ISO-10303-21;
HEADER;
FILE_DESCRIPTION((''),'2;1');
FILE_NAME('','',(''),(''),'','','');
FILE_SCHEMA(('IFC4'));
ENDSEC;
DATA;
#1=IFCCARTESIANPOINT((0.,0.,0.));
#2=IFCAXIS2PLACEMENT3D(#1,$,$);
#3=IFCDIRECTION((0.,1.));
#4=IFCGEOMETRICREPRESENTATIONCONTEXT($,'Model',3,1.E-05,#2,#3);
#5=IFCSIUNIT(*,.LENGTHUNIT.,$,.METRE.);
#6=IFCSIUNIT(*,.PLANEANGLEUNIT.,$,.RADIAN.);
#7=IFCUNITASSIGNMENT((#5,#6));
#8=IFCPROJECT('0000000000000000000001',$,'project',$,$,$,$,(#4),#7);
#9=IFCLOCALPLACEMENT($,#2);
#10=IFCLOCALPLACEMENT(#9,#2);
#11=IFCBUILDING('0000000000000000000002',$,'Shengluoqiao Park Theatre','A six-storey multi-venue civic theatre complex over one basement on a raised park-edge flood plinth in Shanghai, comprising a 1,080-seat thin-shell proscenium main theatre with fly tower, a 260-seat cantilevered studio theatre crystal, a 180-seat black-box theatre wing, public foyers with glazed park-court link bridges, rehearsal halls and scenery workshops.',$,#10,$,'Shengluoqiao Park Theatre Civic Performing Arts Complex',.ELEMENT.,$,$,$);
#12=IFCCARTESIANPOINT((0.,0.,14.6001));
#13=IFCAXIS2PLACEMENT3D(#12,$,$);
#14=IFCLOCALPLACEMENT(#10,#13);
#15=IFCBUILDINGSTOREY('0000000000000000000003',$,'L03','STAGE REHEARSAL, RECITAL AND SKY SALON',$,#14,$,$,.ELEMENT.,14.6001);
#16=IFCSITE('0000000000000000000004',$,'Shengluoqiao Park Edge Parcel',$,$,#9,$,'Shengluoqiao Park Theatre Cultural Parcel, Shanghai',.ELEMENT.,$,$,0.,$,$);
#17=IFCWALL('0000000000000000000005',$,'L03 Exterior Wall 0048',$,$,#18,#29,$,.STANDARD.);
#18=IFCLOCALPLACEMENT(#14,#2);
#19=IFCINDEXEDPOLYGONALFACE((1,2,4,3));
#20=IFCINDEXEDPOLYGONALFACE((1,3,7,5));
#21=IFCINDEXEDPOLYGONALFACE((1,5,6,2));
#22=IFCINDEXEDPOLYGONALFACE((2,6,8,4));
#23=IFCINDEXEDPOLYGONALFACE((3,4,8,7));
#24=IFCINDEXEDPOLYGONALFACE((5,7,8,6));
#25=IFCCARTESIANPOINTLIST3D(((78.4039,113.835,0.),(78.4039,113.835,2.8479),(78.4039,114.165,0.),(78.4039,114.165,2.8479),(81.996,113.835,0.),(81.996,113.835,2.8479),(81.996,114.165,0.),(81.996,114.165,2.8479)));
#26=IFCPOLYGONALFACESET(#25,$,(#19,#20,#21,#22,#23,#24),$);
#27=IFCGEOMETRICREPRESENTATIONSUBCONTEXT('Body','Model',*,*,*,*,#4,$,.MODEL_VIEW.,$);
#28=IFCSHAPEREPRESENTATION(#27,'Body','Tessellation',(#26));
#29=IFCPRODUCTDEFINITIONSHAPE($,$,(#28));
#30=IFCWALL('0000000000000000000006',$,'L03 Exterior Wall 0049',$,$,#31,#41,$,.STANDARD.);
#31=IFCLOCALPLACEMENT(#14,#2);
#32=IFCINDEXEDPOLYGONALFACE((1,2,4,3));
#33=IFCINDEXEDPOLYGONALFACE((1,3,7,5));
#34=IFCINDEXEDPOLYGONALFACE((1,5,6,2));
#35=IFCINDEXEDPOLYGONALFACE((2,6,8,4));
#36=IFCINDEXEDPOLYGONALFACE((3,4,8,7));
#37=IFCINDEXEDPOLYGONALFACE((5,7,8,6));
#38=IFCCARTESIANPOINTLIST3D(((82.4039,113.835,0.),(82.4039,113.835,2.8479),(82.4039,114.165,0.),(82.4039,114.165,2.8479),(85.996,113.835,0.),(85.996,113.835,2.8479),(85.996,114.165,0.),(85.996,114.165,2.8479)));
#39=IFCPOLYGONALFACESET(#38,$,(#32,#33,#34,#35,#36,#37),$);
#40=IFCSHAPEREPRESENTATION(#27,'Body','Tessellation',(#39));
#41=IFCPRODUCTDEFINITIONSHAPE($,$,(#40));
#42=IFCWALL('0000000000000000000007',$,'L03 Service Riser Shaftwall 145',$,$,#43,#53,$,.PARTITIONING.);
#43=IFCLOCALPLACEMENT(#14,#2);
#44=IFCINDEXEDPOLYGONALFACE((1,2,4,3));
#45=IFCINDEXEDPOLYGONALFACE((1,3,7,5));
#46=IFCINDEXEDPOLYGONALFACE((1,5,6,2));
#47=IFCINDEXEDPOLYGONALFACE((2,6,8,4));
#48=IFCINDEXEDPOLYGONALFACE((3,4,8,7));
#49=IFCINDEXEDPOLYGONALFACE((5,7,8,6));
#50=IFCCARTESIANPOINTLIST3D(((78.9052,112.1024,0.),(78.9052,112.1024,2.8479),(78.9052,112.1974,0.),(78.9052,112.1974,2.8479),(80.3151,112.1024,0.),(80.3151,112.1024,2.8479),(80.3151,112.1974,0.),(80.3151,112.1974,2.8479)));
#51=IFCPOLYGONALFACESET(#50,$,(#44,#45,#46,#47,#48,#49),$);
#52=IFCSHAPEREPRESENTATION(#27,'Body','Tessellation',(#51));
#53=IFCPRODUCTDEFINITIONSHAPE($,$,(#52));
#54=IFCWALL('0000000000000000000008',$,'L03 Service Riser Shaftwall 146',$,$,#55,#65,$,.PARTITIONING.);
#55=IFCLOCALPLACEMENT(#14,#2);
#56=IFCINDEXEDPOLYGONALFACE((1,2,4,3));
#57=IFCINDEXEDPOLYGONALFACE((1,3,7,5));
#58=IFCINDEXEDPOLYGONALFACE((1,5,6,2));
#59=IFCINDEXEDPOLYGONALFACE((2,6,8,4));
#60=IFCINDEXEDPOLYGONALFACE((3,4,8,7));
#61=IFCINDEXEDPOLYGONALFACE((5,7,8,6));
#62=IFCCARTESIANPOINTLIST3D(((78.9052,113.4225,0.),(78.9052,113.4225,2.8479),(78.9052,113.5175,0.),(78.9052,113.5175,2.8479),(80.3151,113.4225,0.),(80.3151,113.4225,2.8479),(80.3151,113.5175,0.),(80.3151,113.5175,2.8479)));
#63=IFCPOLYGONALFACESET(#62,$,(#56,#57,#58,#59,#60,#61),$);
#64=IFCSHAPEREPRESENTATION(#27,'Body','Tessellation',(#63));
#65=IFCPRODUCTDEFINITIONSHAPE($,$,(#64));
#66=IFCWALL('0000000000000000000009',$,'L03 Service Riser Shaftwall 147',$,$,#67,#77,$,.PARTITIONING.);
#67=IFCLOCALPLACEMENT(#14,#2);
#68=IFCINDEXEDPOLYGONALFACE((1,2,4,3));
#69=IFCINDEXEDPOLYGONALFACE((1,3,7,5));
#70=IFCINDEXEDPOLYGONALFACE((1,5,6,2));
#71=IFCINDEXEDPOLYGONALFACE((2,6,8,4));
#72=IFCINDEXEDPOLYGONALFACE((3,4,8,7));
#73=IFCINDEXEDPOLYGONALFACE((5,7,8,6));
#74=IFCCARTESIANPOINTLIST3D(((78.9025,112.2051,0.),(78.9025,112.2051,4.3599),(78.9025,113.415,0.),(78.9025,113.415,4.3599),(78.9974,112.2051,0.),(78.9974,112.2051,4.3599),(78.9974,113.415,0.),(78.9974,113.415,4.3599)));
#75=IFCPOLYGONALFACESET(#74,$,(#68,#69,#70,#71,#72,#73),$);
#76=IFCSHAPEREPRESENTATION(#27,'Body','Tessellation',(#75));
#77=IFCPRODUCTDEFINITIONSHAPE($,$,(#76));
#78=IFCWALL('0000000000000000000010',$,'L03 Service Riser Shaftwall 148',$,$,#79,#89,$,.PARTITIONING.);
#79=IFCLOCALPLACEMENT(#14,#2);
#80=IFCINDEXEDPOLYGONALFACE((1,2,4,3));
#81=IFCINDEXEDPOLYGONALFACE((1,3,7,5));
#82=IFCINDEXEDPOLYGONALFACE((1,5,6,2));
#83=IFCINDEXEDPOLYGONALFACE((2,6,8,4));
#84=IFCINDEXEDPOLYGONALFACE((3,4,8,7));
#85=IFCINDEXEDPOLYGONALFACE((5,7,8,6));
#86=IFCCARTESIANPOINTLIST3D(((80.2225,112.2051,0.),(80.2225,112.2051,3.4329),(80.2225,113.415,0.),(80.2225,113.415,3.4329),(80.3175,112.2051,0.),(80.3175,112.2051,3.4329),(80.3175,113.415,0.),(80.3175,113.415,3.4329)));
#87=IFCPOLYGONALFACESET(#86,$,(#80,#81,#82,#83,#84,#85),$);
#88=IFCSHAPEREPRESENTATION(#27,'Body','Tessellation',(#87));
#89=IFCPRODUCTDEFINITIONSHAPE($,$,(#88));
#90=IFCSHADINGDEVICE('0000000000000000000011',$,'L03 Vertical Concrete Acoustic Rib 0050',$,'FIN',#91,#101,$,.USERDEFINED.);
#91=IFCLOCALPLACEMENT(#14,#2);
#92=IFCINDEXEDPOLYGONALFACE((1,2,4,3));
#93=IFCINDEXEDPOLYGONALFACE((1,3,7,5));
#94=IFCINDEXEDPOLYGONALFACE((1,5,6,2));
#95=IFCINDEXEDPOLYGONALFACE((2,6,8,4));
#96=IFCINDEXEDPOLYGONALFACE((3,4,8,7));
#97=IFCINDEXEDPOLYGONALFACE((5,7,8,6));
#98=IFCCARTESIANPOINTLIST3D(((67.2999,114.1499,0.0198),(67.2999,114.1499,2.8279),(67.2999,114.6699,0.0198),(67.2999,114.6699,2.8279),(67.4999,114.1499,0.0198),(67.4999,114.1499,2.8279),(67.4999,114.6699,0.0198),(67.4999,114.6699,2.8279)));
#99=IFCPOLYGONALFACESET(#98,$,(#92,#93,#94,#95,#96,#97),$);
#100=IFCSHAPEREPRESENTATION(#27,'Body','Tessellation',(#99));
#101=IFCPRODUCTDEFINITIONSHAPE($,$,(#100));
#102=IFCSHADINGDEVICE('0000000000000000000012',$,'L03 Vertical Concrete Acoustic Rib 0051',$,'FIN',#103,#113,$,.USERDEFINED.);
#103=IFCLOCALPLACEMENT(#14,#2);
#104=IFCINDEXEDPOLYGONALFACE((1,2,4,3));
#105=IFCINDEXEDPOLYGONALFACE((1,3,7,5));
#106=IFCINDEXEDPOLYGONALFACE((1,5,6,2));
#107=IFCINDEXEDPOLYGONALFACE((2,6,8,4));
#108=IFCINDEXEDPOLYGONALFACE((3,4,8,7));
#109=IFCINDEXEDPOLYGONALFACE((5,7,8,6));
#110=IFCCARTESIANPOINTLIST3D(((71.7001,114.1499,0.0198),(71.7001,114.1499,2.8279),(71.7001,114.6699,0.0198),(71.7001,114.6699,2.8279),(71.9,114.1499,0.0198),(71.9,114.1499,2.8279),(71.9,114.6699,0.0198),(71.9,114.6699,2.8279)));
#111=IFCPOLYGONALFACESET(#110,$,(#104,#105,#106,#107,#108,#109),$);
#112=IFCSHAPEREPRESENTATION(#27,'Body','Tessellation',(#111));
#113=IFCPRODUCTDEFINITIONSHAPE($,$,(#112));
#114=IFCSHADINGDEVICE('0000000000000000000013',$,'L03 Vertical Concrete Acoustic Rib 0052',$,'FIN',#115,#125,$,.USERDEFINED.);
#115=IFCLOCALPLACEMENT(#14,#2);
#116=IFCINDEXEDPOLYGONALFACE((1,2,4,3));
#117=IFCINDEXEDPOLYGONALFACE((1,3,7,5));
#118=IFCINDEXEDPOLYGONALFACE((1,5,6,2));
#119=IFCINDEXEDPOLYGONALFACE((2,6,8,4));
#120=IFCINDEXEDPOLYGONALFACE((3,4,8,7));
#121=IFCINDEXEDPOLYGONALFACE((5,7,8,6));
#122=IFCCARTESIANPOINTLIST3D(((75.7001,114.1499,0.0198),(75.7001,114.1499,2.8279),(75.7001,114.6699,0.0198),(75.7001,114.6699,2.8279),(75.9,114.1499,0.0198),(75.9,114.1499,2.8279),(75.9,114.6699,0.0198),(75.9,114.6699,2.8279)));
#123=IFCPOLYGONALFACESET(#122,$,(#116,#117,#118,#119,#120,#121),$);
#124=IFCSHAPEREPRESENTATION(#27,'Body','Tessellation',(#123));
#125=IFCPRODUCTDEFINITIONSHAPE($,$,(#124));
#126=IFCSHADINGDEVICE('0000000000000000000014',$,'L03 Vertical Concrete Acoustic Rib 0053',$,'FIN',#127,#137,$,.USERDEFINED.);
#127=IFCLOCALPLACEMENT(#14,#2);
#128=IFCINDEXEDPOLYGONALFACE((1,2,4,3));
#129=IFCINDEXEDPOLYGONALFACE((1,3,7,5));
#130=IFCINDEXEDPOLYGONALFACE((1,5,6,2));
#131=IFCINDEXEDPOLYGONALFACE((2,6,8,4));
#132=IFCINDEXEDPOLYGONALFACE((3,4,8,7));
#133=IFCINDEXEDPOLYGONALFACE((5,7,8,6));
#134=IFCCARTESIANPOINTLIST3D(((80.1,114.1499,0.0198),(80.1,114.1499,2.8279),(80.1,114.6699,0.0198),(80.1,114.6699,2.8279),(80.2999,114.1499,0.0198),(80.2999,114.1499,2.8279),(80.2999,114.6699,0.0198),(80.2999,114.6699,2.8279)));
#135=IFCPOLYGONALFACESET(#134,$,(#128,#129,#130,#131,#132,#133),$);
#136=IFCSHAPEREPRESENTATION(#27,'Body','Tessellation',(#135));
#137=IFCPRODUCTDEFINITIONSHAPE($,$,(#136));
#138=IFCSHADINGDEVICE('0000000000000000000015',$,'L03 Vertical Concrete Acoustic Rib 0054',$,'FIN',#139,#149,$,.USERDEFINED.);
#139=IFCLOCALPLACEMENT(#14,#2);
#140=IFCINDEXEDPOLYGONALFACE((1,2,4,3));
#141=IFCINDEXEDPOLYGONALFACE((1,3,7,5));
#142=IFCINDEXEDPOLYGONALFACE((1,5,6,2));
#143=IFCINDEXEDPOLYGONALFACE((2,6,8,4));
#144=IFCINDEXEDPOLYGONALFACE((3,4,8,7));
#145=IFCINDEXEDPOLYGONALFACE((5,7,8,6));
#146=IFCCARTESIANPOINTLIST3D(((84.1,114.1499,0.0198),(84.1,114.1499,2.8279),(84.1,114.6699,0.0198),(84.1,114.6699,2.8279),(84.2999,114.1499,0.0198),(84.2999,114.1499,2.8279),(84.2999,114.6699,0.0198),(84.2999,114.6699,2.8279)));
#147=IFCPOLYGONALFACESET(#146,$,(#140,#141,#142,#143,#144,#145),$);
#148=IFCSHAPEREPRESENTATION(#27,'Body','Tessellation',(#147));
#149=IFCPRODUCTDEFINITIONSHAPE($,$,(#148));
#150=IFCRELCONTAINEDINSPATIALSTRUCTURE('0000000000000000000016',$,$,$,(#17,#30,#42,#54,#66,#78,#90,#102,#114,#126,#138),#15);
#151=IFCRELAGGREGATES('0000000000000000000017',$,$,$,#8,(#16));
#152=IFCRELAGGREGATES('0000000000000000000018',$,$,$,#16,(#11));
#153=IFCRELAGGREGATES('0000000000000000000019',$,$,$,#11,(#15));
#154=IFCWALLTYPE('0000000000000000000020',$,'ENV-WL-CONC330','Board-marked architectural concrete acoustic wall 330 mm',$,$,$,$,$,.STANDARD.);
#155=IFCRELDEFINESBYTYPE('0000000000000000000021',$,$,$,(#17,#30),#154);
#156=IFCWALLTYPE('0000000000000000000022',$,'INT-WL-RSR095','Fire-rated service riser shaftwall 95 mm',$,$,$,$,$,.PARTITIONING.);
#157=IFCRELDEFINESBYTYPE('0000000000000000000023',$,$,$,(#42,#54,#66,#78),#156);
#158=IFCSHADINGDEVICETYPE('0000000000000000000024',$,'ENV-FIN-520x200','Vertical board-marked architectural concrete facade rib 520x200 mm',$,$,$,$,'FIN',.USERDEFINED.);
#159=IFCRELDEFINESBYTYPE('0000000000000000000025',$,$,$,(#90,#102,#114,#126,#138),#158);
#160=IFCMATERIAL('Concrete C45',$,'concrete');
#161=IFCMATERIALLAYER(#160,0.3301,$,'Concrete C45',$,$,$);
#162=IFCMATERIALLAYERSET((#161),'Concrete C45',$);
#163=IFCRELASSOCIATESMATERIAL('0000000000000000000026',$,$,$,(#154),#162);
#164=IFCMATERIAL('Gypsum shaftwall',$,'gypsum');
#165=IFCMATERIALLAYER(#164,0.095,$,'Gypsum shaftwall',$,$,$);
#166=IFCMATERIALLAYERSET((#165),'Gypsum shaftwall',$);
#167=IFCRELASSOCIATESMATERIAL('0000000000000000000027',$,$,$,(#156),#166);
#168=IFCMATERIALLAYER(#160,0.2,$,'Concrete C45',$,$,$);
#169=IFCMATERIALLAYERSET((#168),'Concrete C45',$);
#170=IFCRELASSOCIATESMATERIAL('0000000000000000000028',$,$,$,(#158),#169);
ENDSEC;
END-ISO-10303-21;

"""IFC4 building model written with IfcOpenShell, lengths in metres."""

from ifc_helpers import new_model, si_unit, direction, frame, frame_2d, origin, origin_2d, place, context, subcontext, project, spatial, rectangle, extrude, material, layer, layer_set, type_object, element, save


model = new_model("IFC4")

# Units and contexts
model_context = context("Model", 3, precision=1e-05, world=origin(), true_north=direction((0.0, 1.0)))
body_context = subcontext(model_context, "Body", "Model", "MODEL_VIEW")
ifc_project = project(units=[si_unit("LENGTHUNIT", "METRE"), si_unit("PLANEANGLEUNIT", "RADIAN")], contexts=[model_context])

# Site, building, storey
site_placement = place(None, origin())
site = spatial("IfcSite", under=ifc_project, at=site_placement, Name="Shengluoqiao Park Edge Parcel", LongName="Shengluoqiao Park Theatre Cultural Parcel, Shanghai", CompositionType="ELEMENT", RefElevation=0.0)
building_placement = place(site_placement, origin())
building = spatial("IfcBuilding", under=site, at=building_placement, Name="Shengluoqiao Park Theatre", Description="A six-storey multi-venue civic theatre complex over one basement on a raised park-edge flood plinth in Shanghai, comprising a 1,080-seat thin-shell proscenium main theatre with fly tower, a 260-seat cantilevered studio theatre crystal, a 180-seat black-box theatre wing, public foyers with glazed park-court link bridges, rehearsal halls and scenery workshops.", LongName="Shengluoqiao Park Theatre Civic Performing Arts Complex", CompositionType="ELEMENT")
storey_placement = place(building_placement, frame((0.0, 0.0, 14.6001)))
storey = spatial("IfcBuildingStorey", under=building, at=storey_placement, Name="L03", Description="STAGE REHEARSAL, RECITAL AND SKY SALON", CompositionType="ELEMENT", Elevation=14.6001)

# Walls
ifc_material_1 = material(Name="Concrete C45", Category="concrete")
ifc_layer_1 = layer(ifc_material_1, 0.3301, Name="Concrete C45")
ifc_layer_set_1 = layer_set([ifc_layer_1], Name="Concrete C45")
wall_type_1 = type_object("IfcWallType", Name="ENV-WL-CONC330", Description="Board-marked architectural concrete acoustic wall 330 mm", PredefinedType="STANDARD", material=ifc_layer_set_1)
for number, where, z_axis, x_axis, name in (
    (1, (78.4041, 114.0, 0.0), (0.0, 0.0, 1.0), (1.0, 0.0, 0.0), "L03 Exterior Wall 0048"),
    (2, (82.4041, 114.0, 0.0), (0.0, 0.0, 1.0), (1.0, 0.0, 0.0), "L03 Exterior Wall 0049"),
):
    element("IfcWall", number, at=place(storey_placement, frame(where, z_axis=z_axis, x_axis=x_axis)), inside=storey, type_object=wall_type_1, Name=name, PredefinedType="STANDARD", context=body_context, shape_type="SweptSolid", body=[
        extrude(rectangle(XDim=3.592, YDim=0.3301, at=frame_2d((1.7959, 0.0))), origin(), (0.0, 0.0, 1.0), 2.8479),
    ])
ifc_material_2 = material(Name="Gypsum shaftwall", Category="gypsum")
ifc_layer_2 = layer(ifc_material_2, 0.095, Name="Gypsum shaftwall")
ifc_layer_set_2 = layer_set([ifc_layer_2], Name="Gypsum shaftwall")
wall_type_2 = type_object("IfcWallType", Name="INT-WL-RSR095", Description="Fire-rated service riser shaftwall 95 mm", PredefinedType="PARTITIONING", material=ifc_layer_set_2)
for number, where, z_axis, x_axis, name in (
    (3, (78.905, 112.1499, 0.0), (0.0, 0.0, 1.0), (1.0, 0.0, 0.0), "L03 Service Riser Shaftwall 145"),
    (4, (78.905, 113.47, 0.0), (0.0, 0.0, 1.0), (1.0, 0.0, 0.0), "L03 Service Riser Shaftwall 146"),
):
    element("IfcWall", number, at=place(storey_placement, frame(where, z_axis=z_axis, x_axis=x_axis)), inside=storey, type_object=wall_type_2, Name=name, PredefinedType="PARTITIONING", context=body_context, shape_type="SweptSolid", body=[
        extrude(rectangle(XDim=1.4099, YDim=0.095, at=frame_2d((0.7051, 0.0))), origin(), (0.0, 0.0, 1.0), 2.8479),
    ])
wall_1_placement = place(storey_placement, frame((78.95, 112.2051, 0.0), z_axis=(0.0, 0.0, 1.0), x_axis=(0.0, 1.0, 0.0)))
element("IfcWall", 5, at=wall_1_placement, inside=storey, type_object=wall_type_2, Name="L03 Service Riser Shaftwall 147", PredefinedType="PARTITIONING", context=body_context, shape_type="SweptSolid", body=[
    extrude(rectangle(XDim=1.21, YDim=0.095, at=frame_2d((0.605, 0.0))), origin(), (0.0, 0.0, 1.0), 4.3599),
])
wall_2_placement = place(storey_placement, frame((80.27, 112.2051, 0.0), z_axis=(0.0, 0.0, 1.0), x_axis=(0.0, 1.0, 0.0)))
element("IfcWall", 6, at=wall_2_placement, inside=storey, type_object=wall_type_2, Name="L03 Service Riser Shaftwall 148", PredefinedType="PARTITIONING", context=body_context, shape_type="SweptSolid", body=[
    extrude(rectangle(XDim=1.21, YDim=0.095, at=frame_2d((0.605, 0.0))), origin(), (0.0, 0.0, 1.0), 3.4329),
])

# Shading devices
ifc_layer_3 = layer(ifc_material_1, 0.2, Name="Concrete C45")
ifc_layer_set_3 = layer_set([ifc_layer_3], Name="Concrete C45")
shading_device_type = type_object("IfcShadingDeviceType", Name="ENV-FIN-520x200", Description="Vertical board-marked architectural concrete facade rib 520x200 mm", ElementType="FIN", PredefinedType="USERDEFINED", material=ifc_layer_set_3)
for number, where, z_axis, x_axis, name in (
    (7, (67.3999, 114.4099, 0.0198), (0.0, 0.0, 1.0), (0.0, 1.0, 0.0), "L03 Vertical Concrete Acoustic Rib 0050"),
    (8, (71.8, 114.4099, 0.0198), (0.0, 0.0, 1.0), (0.0, 1.0, 0.0), "L03 Vertical Concrete Acoustic Rib 0051"),
    (9, (75.8, 114.4099, 0.0198), (0.0, 0.0, 1.0), (0.0, 1.0, 0.0), "L03 Vertical Concrete Acoustic Rib 0052"),
    (10, (80.2, 114.4099, 0.0198), (0.0, 0.0, 1.0), (0.0, 1.0, 0.0), "L03 Vertical Concrete Acoustic Rib 0053"),
    (11, (84.2, 114.4099, 0.0198), (0.0, 0.0, 1.0), (0.0, 1.0, 0.0), "L03 Vertical Concrete Acoustic Rib 0054"),
):
    element("IfcShadingDevice", number, at=place(storey_placement, frame(where, z_axis=z_axis, x_axis=x_axis)), inside=storey, type_object=shading_device_type, Name=name, ObjectType="FIN", PredefinedType="USERDEFINED", context=body_context, shape_type="SweptSolid", body=[
        extrude(rectangle(XDim=0.52, YDim=0.2, at=origin_2d()), origin(), (0.0, 0.0, 1.0), 2.8081),
    ])

save(model, "model.ifc")
